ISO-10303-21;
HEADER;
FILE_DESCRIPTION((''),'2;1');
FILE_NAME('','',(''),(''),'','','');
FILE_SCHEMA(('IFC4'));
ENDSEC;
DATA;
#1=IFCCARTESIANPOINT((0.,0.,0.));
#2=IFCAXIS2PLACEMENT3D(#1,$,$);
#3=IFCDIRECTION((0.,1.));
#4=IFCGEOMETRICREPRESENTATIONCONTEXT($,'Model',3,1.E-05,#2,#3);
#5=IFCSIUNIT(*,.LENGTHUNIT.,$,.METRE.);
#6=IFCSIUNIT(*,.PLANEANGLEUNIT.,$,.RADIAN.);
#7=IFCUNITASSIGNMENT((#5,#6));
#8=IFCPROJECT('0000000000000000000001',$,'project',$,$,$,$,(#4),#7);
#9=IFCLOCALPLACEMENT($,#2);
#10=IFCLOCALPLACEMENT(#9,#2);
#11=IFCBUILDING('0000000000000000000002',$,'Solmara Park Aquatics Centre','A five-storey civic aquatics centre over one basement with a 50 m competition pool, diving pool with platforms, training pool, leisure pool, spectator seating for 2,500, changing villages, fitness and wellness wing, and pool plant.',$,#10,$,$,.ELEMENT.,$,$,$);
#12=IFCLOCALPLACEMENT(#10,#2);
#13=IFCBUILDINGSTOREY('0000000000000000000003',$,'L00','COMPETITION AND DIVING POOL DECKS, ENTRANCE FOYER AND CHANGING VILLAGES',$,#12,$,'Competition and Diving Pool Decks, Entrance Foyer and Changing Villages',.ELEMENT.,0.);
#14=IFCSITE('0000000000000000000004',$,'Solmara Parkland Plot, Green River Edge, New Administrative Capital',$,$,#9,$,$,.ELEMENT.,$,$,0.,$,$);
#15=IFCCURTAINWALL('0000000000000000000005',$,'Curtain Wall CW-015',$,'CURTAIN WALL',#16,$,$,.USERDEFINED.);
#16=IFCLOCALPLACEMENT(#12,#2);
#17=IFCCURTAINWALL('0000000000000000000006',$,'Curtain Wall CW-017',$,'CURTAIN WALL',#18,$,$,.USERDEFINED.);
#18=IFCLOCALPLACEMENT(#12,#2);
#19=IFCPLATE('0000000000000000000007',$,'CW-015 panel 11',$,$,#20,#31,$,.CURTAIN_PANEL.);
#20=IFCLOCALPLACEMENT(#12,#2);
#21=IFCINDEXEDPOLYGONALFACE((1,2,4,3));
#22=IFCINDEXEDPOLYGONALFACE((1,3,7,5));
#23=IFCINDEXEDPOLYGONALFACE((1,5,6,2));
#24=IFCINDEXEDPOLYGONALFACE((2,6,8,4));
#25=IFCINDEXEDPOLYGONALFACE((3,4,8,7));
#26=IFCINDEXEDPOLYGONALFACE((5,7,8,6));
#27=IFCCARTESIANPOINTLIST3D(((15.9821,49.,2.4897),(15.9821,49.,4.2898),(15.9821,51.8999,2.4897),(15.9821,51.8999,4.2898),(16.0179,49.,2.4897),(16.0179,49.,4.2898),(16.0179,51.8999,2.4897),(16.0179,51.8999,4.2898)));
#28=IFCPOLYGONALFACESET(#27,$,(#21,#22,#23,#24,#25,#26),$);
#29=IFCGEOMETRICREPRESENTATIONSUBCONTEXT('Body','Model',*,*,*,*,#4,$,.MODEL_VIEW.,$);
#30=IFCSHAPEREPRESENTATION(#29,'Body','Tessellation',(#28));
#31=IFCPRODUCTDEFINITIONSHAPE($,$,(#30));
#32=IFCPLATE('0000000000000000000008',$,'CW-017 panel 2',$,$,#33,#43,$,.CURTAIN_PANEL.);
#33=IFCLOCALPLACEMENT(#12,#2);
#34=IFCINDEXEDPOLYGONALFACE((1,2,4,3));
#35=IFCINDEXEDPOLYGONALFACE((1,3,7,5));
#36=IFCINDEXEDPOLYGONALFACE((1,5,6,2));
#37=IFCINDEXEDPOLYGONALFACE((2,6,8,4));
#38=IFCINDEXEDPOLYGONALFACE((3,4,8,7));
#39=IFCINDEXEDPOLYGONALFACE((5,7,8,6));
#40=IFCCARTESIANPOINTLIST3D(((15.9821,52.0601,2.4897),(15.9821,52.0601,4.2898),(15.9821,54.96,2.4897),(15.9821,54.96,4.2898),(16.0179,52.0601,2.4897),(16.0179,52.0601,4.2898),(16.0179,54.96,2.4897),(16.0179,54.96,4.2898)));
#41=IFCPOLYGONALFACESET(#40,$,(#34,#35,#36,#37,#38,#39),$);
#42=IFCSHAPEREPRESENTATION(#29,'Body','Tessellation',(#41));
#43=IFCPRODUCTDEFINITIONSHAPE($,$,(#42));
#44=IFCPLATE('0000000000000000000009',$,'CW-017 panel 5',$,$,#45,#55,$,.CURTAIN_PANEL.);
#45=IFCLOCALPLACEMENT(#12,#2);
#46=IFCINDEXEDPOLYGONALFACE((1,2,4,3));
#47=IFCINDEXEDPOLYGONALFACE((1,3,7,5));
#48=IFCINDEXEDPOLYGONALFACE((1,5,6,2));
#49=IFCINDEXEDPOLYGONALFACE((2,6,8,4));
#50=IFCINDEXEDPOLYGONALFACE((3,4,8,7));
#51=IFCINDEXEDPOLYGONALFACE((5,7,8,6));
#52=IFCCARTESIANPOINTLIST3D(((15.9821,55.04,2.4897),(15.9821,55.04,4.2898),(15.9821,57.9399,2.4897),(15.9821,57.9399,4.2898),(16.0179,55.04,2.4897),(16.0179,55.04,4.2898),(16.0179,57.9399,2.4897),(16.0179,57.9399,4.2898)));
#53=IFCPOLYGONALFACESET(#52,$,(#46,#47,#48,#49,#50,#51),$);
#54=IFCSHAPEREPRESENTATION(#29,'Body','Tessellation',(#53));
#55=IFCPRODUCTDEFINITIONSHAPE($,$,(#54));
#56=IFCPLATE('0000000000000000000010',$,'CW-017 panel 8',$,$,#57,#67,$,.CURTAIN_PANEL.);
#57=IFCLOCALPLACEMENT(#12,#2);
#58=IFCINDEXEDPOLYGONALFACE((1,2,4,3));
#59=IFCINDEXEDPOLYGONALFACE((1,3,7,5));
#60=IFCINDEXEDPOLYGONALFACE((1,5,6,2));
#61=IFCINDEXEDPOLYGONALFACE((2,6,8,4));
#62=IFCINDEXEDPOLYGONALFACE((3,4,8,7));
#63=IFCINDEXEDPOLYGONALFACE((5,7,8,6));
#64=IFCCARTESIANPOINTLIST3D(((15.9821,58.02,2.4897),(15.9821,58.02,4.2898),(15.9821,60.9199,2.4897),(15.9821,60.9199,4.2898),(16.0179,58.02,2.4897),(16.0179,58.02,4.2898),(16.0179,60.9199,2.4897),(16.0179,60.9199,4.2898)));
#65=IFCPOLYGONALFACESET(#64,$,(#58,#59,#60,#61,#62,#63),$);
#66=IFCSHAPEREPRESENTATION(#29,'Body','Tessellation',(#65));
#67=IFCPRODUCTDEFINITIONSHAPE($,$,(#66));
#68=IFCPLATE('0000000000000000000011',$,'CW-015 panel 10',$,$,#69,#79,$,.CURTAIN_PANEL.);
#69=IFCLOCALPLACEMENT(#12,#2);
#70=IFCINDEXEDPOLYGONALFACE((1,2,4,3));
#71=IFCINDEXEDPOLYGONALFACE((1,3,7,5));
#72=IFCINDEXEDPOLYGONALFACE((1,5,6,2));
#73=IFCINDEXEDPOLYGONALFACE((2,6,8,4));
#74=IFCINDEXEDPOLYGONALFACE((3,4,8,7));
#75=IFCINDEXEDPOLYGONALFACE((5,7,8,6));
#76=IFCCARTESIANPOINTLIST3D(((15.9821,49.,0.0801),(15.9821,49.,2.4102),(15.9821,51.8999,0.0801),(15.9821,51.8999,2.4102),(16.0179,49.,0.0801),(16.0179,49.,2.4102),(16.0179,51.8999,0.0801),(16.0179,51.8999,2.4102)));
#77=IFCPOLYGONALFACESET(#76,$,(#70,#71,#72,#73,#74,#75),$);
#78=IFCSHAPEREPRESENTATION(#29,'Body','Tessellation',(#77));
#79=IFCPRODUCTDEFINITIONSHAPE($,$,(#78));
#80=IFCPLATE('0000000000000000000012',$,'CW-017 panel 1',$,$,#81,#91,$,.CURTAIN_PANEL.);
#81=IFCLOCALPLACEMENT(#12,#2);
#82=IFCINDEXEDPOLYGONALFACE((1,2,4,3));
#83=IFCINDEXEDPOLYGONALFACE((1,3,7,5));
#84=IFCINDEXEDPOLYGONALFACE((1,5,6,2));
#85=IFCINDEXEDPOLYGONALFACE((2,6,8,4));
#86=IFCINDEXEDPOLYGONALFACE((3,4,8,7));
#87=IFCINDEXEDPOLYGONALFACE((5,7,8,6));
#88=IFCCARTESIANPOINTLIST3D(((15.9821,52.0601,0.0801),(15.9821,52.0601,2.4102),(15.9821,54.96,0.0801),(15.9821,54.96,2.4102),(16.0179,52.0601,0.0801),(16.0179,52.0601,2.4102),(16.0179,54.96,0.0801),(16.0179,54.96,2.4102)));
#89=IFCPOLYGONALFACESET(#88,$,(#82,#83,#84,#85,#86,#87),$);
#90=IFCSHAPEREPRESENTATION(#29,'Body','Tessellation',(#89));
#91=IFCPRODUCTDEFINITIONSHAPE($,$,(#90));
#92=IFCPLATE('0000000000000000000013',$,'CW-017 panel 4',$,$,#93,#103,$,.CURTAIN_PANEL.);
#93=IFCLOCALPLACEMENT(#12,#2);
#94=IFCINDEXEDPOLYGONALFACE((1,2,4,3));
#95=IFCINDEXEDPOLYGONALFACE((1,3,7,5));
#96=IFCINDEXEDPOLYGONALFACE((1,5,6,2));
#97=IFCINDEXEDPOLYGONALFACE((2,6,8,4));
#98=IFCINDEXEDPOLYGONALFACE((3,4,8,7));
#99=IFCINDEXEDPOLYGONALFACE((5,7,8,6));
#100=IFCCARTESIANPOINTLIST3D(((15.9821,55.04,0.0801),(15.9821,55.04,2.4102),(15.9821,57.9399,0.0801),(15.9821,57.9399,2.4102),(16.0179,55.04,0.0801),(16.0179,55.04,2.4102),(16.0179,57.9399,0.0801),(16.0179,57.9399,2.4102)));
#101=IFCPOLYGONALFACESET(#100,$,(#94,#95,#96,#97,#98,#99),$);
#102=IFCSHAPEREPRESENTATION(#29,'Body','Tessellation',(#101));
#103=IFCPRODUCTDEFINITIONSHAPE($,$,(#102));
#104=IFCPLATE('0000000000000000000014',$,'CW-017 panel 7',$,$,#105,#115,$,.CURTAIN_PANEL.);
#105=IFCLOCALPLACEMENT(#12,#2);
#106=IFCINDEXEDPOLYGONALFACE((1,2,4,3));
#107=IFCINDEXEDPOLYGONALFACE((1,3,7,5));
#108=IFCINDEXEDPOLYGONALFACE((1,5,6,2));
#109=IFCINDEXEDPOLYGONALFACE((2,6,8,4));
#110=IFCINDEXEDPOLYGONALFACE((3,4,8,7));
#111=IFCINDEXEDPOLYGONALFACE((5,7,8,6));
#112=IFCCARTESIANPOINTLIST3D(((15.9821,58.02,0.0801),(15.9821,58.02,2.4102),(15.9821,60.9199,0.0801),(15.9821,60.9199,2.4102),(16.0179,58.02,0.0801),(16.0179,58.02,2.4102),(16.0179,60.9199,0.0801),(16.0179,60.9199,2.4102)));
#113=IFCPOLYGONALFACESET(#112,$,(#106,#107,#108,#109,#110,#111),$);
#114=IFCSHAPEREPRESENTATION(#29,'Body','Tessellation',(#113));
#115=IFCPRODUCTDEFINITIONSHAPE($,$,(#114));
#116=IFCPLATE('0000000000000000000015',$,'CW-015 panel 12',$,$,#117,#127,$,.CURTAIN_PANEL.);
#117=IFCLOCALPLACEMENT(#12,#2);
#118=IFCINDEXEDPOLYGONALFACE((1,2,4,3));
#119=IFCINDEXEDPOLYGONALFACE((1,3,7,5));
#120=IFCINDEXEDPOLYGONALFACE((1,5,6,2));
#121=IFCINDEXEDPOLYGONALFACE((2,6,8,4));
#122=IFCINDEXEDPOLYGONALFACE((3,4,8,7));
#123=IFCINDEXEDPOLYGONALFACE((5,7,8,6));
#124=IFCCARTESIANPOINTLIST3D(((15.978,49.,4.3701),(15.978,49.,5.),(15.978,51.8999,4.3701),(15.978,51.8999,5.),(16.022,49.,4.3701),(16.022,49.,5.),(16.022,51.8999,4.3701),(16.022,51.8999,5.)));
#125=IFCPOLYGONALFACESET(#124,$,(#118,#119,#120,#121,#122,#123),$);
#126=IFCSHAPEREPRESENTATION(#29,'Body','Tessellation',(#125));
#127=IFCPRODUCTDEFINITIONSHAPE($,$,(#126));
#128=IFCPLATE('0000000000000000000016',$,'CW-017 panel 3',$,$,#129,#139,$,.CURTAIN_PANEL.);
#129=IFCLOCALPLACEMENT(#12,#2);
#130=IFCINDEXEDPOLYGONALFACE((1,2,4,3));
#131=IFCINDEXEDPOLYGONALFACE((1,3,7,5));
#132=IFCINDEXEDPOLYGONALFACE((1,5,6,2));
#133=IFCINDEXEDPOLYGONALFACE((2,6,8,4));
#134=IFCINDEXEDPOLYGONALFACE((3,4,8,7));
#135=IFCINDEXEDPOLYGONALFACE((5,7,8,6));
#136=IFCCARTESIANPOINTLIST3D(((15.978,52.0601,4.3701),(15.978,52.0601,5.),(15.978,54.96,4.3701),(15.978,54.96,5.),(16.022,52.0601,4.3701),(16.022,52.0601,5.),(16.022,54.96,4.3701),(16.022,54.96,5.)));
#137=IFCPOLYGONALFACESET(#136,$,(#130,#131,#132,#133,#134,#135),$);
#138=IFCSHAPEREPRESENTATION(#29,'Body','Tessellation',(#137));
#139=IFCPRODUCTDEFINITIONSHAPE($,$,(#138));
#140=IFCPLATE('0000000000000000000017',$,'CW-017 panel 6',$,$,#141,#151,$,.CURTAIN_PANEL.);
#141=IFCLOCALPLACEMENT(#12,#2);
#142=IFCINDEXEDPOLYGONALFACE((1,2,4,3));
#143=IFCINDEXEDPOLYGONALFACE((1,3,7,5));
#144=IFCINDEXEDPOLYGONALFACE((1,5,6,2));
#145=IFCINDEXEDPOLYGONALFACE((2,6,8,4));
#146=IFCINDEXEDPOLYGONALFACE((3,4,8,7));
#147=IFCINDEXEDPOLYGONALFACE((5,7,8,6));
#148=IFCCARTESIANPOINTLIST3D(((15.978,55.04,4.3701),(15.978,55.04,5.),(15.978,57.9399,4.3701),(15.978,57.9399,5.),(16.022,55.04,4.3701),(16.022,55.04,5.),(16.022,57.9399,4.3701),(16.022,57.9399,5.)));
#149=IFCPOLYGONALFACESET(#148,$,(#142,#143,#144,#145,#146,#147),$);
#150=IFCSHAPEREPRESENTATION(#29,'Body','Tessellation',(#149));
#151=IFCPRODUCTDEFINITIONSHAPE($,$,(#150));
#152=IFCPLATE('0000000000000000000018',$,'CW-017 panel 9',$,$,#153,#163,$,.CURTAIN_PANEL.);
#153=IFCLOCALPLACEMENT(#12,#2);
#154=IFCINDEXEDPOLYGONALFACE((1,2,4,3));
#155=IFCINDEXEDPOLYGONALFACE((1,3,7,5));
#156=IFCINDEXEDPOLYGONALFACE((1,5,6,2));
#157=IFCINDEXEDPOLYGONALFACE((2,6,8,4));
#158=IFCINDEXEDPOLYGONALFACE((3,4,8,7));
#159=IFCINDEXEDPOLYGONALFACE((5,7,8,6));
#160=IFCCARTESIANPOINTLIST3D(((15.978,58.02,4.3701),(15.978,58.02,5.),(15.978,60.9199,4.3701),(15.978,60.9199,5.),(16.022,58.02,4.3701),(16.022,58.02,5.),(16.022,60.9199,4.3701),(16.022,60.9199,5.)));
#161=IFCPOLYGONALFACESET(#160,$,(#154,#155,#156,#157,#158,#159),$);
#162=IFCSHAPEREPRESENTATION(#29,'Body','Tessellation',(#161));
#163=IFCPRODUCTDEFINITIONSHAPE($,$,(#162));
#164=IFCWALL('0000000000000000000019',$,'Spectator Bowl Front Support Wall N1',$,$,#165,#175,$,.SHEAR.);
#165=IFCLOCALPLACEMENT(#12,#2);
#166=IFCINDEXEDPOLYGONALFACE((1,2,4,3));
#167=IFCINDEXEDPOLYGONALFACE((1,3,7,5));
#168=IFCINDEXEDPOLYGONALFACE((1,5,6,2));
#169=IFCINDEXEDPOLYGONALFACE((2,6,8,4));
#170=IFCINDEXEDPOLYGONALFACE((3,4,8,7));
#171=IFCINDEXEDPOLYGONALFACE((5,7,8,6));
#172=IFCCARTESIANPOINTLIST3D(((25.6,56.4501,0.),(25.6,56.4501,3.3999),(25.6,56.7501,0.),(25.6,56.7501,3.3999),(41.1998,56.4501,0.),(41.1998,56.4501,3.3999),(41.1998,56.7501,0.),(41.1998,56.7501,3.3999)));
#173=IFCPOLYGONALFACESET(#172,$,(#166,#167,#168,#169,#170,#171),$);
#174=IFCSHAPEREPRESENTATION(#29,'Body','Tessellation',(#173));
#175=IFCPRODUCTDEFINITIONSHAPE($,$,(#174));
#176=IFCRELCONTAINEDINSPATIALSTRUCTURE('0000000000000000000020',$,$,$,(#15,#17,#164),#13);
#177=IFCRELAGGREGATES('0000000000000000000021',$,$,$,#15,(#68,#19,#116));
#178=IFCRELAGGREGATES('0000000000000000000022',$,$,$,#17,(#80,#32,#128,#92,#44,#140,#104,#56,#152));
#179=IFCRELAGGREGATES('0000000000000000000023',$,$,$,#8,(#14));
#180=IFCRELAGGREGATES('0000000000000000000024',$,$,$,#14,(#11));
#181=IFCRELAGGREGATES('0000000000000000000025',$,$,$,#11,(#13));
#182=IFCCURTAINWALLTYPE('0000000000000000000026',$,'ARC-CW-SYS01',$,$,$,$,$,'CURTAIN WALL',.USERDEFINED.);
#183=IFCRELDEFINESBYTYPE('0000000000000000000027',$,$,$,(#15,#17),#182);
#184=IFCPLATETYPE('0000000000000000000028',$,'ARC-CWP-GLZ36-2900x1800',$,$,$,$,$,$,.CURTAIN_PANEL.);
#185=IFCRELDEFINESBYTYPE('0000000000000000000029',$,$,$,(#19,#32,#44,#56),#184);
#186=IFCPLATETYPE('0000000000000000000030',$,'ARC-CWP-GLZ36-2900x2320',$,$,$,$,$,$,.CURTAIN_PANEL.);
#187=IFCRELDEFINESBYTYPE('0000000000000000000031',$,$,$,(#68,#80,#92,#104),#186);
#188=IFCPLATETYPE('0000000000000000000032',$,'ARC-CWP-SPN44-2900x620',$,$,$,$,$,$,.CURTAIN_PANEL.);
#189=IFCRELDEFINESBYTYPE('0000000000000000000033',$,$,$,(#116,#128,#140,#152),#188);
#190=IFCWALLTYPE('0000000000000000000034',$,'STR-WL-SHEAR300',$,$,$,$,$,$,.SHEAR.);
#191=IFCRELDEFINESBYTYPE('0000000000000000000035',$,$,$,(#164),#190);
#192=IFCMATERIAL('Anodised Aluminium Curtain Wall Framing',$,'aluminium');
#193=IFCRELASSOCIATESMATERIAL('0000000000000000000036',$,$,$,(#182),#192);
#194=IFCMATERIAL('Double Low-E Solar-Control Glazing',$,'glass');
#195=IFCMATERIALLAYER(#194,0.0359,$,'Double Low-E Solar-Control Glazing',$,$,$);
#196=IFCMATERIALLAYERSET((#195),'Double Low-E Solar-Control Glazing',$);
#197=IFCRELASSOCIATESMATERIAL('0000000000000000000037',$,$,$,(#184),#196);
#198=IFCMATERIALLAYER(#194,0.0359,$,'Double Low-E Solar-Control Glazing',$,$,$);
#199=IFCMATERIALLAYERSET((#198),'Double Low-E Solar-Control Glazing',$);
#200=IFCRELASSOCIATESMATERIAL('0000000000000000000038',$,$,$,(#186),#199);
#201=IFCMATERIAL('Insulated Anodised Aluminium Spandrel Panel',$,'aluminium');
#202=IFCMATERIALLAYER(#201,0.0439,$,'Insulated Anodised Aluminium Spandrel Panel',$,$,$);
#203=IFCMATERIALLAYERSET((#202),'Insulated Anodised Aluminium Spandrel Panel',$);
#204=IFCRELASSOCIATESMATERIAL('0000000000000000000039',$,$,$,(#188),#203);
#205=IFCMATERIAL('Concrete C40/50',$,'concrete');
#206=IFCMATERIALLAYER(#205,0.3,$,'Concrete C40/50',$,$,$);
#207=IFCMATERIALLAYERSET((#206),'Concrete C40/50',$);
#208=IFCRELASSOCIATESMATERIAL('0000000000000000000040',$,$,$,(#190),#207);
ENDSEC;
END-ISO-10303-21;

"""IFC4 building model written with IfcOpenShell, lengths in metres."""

from ifc_helpers import new_model, si_unit, direction, frame, frame_2d, origin, origin_2d, place, context, subcontext, project, spatial, rectangle, extrude, material, layer, layer_set, type_object, element, aggregate, save


model = new_model("IFC4")

# Units and contexts
model_context = context("Model", 3, precision=1e-05, world=origin(), true_north=direction((0.0, 1.0)))
body_context = subcontext(model_context, "Body", "Model", "MODEL_VIEW")
ifc_project = project(units=[si_unit("LENGTHUNIT", "METRE"), si_unit("PLANEANGLEUNIT", "RADIAN")], contexts=[model_context])

# Site, building, storey
site_placement = place(None, origin())
site = spatial("IfcSite", under=ifc_project, at=site_placement, Name="Solmara Parkland Plot, Green River Edge, New Administrative Capital", CompositionType="ELEMENT", RefElevation=0.0)
building_placement = place(site_placement, origin())
building = spatial("IfcBuilding", under=site, at=building_placement, Name="Solmara Park Aquatics Centre", Description="A five-storey civic aquatics centre over one basement with a 50 m competition pool, diving pool with platforms, training pool, leisure pool, spectator seating for 2,500, changing villages, fitness and wellness wing, and pool plant.", CompositionType="ELEMENT")
storey_placement = place(building_placement, origin())
storey = spatial("IfcBuildingStorey", under=building, at=storey_placement, Name="L00", Description="COMPETITION AND DIVING POOL DECKS, ENTRANCE FOYER AND CHANGING VILLAGES", LongName="Competition and Diving Pool Decks, Entrance Foyer and Changing Villages", CompositionType="ELEMENT", Elevation=0.0)

# Curtain wall
ifc_material_1 = material(Name="Anodised Aluminium Curtain Wall Framing", Category="aluminium")
curtain_wall_type = type_object("IfcCurtainWallType", Name="ARC-CW-SYS01", ElementType="CURTAIN WALL", PredefinedType="USERDEFINED", material=ifc_material_1)
curtain_wall_1_placement = place(storey_placement, origin())
curtain_wall_1 = element("IfcCurtainWall", 1, at=curtain_wall_1_placement, inside=storey, type_object=curtain_wall_type, Name="Curtain Wall CW-015", ObjectType="CURTAIN WALL", PredefinedType="USERDEFINED")

# Curtain wall
curtain_wall_2_placement = place(storey_placement, origin())
curtain_wall_2 = element("IfcCurtainWall", 2, at=curtain_wall_2_placement, inside=storey, type_object=curtain_wall_type, Name="Curtain Wall CW-017", ObjectType="CURTAIN WALL", PredefinedType="USERDEFINED")

# Plates
ifc_material_2 = material(Name="Double Low-E Solar-Control Glazing", Category="glass")
ifc_layer_1 = layer(ifc_material_2, 0.0359, Name="Double Low-E Solar-Control Glazing")
ifc_layer_set_1 = layer_set([ifc_layer_1], Name="Double Low-E Solar-Control Glazing")
plate_type_1 = type_object("IfcPlateType", Name="ARC-CWP-GLZ36-2900x1800", PredefinedType="CURTAIN_PANEL", material=ifc_layer_set_1)
plate_1_placement = place(storey_placement, frame((16.0, 50.45, 2.4897), z_axis=(0.0, 0.0, 1.0), x_axis=(0.0, 1.0, 0.0)))
plate_1 = element("IfcPlate", 3, at=plate_1_placement, type_object=plate_type_1, Name="CW-015 panel 11", PredefinedType="CURTAIN_PANEL", context=body_context, shape_type="SweptSolid", body=[
    extrude(rectangle(XDim=2.8999, YDim=0.0359, at=origin_2d()), origin(), (0.0, 0.0, 1.0), 1.8),
])
plate_2_placement = place(storey_placement, frame((16.0, 53.51, 2.4897), z_axis=(0.0, 0.0, 1.0), x_axis=(0.0, 1.0, 0.0)))
plate_2 = element("IfcPlate", 4, at=plate_2_placement, type_object=plate_type_1, Name="CW-017 panel 2", PredefinedType="CURTAIN_PANEL", context=body_context, shape_type="SweptSolid", body=[
    extrude(rectangle(XDim=2.8999, YDim=0.0359, at=origin_2d()), origin(), (0.0, 0.0, 1.0), 1.8),
])
plate_3_placement = place(storey_placement, frame((16.0, 56.49, 2.4897), z_axis=(0.0, 0.0, 1.0), x_axis=(0.0, 1.0, 0.0)))
plate_3 = element("IfcPlate", 5, at=plate_3_placement, type_object=plate_type_1, Name="CW-017 panel 5", PredefinedType="CURTAIN_PANEL", context=body_context, shape_type="SweptSolid", body=[
    extrude(rectangle(XDim=2.8999, YDim=0.0359, at=origin_2d()), origin(), (0.0, 0.0, 1.0), 1.8),
])
plate_4_placement = place(storey_placement, frame((16.0, 59.47, 2.4897), z_axis=(0.0, 0.0, 1.0), x_axis=(0.0, 1.0, 0.0)))
plate_4 = element("IfcPlate", 6, at=plate_4_placement, type_object=plate_type_1, Name="CW-017 panel 8", PredefinedType="CURTAIN_PANEL", context=body_context, shape_type="SweptSolid", body=[
    extrude(rectangle(XDim=2.8999, YDim=0.0359, at=origin_2d()), origin(), (0.0, 0.0, 1.0), 1.8),
])
ifc_layer_2 = layer(ifc_material_2, 0.0359, Name="Double Low-E Solar-Control Glazing")
ifc_layer_set_2 = layer_set([ifc_layer_2], Name="Double Low-E Solar-Control Glazing")
plate_type_2 = type_object("IfcPlateType", Name="ARC-CWP-GLZ36-2900x2320", PredefinedType="CURTAIN_PANEL", material=ifc_layer_set_2)
plate_5_placement = place(storey_placement, frame((16.0, 50.45, 0.0801), z_axis=(0.0, 0.0, 1.0), x_axis=(0.0, 1.0, 0.0)))
plate_5 = element("IfcPlate", 7, at=plate_5_placement, type_object=plate_type_2, Name="CW-015 panel 10", PredefinedType="CURTAIN_PANEL", context=body_context, shape_type="SweptSolid", body=[
    extrude(rectangle(XDim=2.8999, YDim=0.0359, at=origin_2d()), origin(), (0.0, 0.0, 1.0), 2.3301),
])
plate_6_placement = place(storey_placement, frame((16.0, 53.51, 0.0801), z_axis=(0.0, 0.0, 1.0), x_axis=(0.0, 1.0, 0.0)))
plate_6 = element("IfcPlate", 8, at=plate_6_placement, type_object=plate_type_2, Name="CW-017 panel 1", PredefinedType="CURTAIN_PANEL", context=body_context, shape_type="SweptSolid", body=[
    extrude(rectangle(XDim=2.8999, YDim=0.0359, at=origin_2d()), origin(), (0.0, 0.0, 1.0), 2.3301),
])
plate_7_placement = place(storey_placement, frame((16.0, 56.49, 0.0801), z_axis=(0.0, 0.0, 1.0), x_axis=(0.0, 1.0, 0.0)))
plate_7 = element("IfcPlate", 9, at=plate_7_placement, type_object=plate_type_2, Name="CW-017 panel 4", PredefinedType="CURTAIN_PANEL", context=body_context, shape_type="SweptSolid", body=[
    extrude(rectangle(XDim=2.8999, YDim=0.0359, at=origin_2d()), origin(), (0.0, 0.0, 1.0), 2.3301),
])
plate_8_placement = place(storey_placement, frame((16.0, 59.47, 0.0801), z_axis=(0.0, 0.0, 1.0), x_axis=(0.0, 1.0, 0.0)))
plate_8 = element("IfcPlate", 10, at=plate_8_placement, type_object=plate_type_2, Name="CW-017 panel 7", PredefinedType="CURTAIN_PANEL", context=body_context, shape_type="SweptSolid", body=[
    extrude(rectangle(XDim=2.8999, YDim=0.0359, at=origin_2d()), origin(), (0.0, 0.0, 1.0), 2.3301),
])
ifc_material_3 = material(Name="Insulated Anodised Aluminium Spandrel Panel", Category="aluminium")
ifc_layer_3 = layer(ifc_material_3, 0.0439, Name="Insulated Anodised Aluminium Spandrel Panel")
ifc_layer_set_3 = layer_set([ifc_layer_3], Name="Insulated Anodised Aluminium Spandrel Panel")
plate_type_3 = type_object("IfcPlateType", Name="ARC-CWP-SPN44-2900x620", PredefinedType="CURTAIN_PANEL", material=ifc_layer_set_3)
plate_9_placement = place(storey_placement, frame((16.0, 50.45, 4.3701), z_axis=(0.0, 0.0, 1.0), x_axis=(0.0, 1.0, 0.0)))
plate_9 = element("IfcPlate", 11, at=plate_9_placement, type_object=plate_type_3, Name="CW-015 panel 12", PredefinedType="CURTAIN_PANEL", context=body_context, shape_type="SweptSolid", body=[
    extrude(rectangle(XDim=2.8999, YDim=0.0439, at=origin_2d()), origin(), (0.0, 0.0, 1.0), 0.6299),
])
aggregate(curtain_wall_1, [plate_5, plate_1, plate_9])
plate_10_placement = place(storey_placement, frame((16.0, 53.51, 4.3701), z_axis=(0.0, 0.0, 1.0), x_axis=(0.0, 1.0, 0.0)))
plate_10 = element("IfcPlate", 12, at=plate_10_placement, type_object=plate_type_3, Name="CW-017 panel 3", PredefinedType="CURTAIN_PANEL", context=body_context, shape_type="SweptSolid", body=[
    extrude(rectangle(XDim=2.8999, YDim=0.0439, at=origin_2d()), origin(), (0.0, 0.0, 1.0), 0.6299),
])
plate_11_placement = place(storey_placement, frame((16.0, 56.49, 4.3701), z_axis=(0.0, 0.0, 1.0), x_axis=(0.0, 1.0, 0.0)))
plate_11 = element("IfcPlate", 13, at=plate_11_placement, type_object=plate_type_3, Name="CW-017 panel 6", PredefinedType="CURTAIN_PANEL", context=body_context, shape_type="SweptSolid", body=[
    extrude(rectangle(XDim=2.8999, YDim=0.0439, at=origin_2d()), origin(), (0.0, 0.0, 1.0), 0.6299),
])
plate_12_placement = place(storey_placement, frame((16.0, 59.47, 4.3701), z_axis=(0.0, 0.0, 1.0), x_axis=(0.0, 1.0, 0.0)))
plate_12 = element("IfcPlate", 14, at=plate_12_placement, type_object=plate_type_3, Name="CW-017 panel 9", PredefinedType="CURTAIN_PANEL", context=body_context, shape_type="SweptSolid", body=[
    extrude(rectangle(XDim=2.8999, YDim=0.0439, at=origin_2d()), origin(), (0.0, 0.0, 1.0), 0.6299),
])
aggregate(curtain_wall_2, [plate_6, plate_2, plate_10, plate_7, plate_3, plate_11, plate_8, plate_4, plate_12])

# Wall
ifc_material_4 = material(Name="Concrete C40/50", Category="concrete")
ifc_layer_4 = layer(ifc_material_4, 0.3, Name="Concrete C40/50")
ifc_layer_set_4 = layer_set([ifc_layer_4], Name="Concrete C40/50")
wall_type = type_object("IfcWallType", Name="STR-WL-SHEAR300", PredefinedType="SHEAR", material=ifc_layer_set_4)
wall_placement = place(storey_placement, frame((25.6001, 56.6001, 0.0), z_axis=(0.0, 0.0, 1.0), x_axis=(1.0, 0.0, 0.0)))
element("IfcWall", 15, at=wall_placement, inside=storey, type_object=wall_type, Name="Spectator Bowl Front Support Wall N1", PredefinedType="SHEAR", context=body_context, shape_type="SweptSolid", body=[
    extrude(rectangle(XDim=15.5999, YDim=0.3, at=frame_2d((7.7998, 0.0))), origin(), (0.0, 0.0, 1.0), 3.3999),
])

save(model, "model.ifc")
